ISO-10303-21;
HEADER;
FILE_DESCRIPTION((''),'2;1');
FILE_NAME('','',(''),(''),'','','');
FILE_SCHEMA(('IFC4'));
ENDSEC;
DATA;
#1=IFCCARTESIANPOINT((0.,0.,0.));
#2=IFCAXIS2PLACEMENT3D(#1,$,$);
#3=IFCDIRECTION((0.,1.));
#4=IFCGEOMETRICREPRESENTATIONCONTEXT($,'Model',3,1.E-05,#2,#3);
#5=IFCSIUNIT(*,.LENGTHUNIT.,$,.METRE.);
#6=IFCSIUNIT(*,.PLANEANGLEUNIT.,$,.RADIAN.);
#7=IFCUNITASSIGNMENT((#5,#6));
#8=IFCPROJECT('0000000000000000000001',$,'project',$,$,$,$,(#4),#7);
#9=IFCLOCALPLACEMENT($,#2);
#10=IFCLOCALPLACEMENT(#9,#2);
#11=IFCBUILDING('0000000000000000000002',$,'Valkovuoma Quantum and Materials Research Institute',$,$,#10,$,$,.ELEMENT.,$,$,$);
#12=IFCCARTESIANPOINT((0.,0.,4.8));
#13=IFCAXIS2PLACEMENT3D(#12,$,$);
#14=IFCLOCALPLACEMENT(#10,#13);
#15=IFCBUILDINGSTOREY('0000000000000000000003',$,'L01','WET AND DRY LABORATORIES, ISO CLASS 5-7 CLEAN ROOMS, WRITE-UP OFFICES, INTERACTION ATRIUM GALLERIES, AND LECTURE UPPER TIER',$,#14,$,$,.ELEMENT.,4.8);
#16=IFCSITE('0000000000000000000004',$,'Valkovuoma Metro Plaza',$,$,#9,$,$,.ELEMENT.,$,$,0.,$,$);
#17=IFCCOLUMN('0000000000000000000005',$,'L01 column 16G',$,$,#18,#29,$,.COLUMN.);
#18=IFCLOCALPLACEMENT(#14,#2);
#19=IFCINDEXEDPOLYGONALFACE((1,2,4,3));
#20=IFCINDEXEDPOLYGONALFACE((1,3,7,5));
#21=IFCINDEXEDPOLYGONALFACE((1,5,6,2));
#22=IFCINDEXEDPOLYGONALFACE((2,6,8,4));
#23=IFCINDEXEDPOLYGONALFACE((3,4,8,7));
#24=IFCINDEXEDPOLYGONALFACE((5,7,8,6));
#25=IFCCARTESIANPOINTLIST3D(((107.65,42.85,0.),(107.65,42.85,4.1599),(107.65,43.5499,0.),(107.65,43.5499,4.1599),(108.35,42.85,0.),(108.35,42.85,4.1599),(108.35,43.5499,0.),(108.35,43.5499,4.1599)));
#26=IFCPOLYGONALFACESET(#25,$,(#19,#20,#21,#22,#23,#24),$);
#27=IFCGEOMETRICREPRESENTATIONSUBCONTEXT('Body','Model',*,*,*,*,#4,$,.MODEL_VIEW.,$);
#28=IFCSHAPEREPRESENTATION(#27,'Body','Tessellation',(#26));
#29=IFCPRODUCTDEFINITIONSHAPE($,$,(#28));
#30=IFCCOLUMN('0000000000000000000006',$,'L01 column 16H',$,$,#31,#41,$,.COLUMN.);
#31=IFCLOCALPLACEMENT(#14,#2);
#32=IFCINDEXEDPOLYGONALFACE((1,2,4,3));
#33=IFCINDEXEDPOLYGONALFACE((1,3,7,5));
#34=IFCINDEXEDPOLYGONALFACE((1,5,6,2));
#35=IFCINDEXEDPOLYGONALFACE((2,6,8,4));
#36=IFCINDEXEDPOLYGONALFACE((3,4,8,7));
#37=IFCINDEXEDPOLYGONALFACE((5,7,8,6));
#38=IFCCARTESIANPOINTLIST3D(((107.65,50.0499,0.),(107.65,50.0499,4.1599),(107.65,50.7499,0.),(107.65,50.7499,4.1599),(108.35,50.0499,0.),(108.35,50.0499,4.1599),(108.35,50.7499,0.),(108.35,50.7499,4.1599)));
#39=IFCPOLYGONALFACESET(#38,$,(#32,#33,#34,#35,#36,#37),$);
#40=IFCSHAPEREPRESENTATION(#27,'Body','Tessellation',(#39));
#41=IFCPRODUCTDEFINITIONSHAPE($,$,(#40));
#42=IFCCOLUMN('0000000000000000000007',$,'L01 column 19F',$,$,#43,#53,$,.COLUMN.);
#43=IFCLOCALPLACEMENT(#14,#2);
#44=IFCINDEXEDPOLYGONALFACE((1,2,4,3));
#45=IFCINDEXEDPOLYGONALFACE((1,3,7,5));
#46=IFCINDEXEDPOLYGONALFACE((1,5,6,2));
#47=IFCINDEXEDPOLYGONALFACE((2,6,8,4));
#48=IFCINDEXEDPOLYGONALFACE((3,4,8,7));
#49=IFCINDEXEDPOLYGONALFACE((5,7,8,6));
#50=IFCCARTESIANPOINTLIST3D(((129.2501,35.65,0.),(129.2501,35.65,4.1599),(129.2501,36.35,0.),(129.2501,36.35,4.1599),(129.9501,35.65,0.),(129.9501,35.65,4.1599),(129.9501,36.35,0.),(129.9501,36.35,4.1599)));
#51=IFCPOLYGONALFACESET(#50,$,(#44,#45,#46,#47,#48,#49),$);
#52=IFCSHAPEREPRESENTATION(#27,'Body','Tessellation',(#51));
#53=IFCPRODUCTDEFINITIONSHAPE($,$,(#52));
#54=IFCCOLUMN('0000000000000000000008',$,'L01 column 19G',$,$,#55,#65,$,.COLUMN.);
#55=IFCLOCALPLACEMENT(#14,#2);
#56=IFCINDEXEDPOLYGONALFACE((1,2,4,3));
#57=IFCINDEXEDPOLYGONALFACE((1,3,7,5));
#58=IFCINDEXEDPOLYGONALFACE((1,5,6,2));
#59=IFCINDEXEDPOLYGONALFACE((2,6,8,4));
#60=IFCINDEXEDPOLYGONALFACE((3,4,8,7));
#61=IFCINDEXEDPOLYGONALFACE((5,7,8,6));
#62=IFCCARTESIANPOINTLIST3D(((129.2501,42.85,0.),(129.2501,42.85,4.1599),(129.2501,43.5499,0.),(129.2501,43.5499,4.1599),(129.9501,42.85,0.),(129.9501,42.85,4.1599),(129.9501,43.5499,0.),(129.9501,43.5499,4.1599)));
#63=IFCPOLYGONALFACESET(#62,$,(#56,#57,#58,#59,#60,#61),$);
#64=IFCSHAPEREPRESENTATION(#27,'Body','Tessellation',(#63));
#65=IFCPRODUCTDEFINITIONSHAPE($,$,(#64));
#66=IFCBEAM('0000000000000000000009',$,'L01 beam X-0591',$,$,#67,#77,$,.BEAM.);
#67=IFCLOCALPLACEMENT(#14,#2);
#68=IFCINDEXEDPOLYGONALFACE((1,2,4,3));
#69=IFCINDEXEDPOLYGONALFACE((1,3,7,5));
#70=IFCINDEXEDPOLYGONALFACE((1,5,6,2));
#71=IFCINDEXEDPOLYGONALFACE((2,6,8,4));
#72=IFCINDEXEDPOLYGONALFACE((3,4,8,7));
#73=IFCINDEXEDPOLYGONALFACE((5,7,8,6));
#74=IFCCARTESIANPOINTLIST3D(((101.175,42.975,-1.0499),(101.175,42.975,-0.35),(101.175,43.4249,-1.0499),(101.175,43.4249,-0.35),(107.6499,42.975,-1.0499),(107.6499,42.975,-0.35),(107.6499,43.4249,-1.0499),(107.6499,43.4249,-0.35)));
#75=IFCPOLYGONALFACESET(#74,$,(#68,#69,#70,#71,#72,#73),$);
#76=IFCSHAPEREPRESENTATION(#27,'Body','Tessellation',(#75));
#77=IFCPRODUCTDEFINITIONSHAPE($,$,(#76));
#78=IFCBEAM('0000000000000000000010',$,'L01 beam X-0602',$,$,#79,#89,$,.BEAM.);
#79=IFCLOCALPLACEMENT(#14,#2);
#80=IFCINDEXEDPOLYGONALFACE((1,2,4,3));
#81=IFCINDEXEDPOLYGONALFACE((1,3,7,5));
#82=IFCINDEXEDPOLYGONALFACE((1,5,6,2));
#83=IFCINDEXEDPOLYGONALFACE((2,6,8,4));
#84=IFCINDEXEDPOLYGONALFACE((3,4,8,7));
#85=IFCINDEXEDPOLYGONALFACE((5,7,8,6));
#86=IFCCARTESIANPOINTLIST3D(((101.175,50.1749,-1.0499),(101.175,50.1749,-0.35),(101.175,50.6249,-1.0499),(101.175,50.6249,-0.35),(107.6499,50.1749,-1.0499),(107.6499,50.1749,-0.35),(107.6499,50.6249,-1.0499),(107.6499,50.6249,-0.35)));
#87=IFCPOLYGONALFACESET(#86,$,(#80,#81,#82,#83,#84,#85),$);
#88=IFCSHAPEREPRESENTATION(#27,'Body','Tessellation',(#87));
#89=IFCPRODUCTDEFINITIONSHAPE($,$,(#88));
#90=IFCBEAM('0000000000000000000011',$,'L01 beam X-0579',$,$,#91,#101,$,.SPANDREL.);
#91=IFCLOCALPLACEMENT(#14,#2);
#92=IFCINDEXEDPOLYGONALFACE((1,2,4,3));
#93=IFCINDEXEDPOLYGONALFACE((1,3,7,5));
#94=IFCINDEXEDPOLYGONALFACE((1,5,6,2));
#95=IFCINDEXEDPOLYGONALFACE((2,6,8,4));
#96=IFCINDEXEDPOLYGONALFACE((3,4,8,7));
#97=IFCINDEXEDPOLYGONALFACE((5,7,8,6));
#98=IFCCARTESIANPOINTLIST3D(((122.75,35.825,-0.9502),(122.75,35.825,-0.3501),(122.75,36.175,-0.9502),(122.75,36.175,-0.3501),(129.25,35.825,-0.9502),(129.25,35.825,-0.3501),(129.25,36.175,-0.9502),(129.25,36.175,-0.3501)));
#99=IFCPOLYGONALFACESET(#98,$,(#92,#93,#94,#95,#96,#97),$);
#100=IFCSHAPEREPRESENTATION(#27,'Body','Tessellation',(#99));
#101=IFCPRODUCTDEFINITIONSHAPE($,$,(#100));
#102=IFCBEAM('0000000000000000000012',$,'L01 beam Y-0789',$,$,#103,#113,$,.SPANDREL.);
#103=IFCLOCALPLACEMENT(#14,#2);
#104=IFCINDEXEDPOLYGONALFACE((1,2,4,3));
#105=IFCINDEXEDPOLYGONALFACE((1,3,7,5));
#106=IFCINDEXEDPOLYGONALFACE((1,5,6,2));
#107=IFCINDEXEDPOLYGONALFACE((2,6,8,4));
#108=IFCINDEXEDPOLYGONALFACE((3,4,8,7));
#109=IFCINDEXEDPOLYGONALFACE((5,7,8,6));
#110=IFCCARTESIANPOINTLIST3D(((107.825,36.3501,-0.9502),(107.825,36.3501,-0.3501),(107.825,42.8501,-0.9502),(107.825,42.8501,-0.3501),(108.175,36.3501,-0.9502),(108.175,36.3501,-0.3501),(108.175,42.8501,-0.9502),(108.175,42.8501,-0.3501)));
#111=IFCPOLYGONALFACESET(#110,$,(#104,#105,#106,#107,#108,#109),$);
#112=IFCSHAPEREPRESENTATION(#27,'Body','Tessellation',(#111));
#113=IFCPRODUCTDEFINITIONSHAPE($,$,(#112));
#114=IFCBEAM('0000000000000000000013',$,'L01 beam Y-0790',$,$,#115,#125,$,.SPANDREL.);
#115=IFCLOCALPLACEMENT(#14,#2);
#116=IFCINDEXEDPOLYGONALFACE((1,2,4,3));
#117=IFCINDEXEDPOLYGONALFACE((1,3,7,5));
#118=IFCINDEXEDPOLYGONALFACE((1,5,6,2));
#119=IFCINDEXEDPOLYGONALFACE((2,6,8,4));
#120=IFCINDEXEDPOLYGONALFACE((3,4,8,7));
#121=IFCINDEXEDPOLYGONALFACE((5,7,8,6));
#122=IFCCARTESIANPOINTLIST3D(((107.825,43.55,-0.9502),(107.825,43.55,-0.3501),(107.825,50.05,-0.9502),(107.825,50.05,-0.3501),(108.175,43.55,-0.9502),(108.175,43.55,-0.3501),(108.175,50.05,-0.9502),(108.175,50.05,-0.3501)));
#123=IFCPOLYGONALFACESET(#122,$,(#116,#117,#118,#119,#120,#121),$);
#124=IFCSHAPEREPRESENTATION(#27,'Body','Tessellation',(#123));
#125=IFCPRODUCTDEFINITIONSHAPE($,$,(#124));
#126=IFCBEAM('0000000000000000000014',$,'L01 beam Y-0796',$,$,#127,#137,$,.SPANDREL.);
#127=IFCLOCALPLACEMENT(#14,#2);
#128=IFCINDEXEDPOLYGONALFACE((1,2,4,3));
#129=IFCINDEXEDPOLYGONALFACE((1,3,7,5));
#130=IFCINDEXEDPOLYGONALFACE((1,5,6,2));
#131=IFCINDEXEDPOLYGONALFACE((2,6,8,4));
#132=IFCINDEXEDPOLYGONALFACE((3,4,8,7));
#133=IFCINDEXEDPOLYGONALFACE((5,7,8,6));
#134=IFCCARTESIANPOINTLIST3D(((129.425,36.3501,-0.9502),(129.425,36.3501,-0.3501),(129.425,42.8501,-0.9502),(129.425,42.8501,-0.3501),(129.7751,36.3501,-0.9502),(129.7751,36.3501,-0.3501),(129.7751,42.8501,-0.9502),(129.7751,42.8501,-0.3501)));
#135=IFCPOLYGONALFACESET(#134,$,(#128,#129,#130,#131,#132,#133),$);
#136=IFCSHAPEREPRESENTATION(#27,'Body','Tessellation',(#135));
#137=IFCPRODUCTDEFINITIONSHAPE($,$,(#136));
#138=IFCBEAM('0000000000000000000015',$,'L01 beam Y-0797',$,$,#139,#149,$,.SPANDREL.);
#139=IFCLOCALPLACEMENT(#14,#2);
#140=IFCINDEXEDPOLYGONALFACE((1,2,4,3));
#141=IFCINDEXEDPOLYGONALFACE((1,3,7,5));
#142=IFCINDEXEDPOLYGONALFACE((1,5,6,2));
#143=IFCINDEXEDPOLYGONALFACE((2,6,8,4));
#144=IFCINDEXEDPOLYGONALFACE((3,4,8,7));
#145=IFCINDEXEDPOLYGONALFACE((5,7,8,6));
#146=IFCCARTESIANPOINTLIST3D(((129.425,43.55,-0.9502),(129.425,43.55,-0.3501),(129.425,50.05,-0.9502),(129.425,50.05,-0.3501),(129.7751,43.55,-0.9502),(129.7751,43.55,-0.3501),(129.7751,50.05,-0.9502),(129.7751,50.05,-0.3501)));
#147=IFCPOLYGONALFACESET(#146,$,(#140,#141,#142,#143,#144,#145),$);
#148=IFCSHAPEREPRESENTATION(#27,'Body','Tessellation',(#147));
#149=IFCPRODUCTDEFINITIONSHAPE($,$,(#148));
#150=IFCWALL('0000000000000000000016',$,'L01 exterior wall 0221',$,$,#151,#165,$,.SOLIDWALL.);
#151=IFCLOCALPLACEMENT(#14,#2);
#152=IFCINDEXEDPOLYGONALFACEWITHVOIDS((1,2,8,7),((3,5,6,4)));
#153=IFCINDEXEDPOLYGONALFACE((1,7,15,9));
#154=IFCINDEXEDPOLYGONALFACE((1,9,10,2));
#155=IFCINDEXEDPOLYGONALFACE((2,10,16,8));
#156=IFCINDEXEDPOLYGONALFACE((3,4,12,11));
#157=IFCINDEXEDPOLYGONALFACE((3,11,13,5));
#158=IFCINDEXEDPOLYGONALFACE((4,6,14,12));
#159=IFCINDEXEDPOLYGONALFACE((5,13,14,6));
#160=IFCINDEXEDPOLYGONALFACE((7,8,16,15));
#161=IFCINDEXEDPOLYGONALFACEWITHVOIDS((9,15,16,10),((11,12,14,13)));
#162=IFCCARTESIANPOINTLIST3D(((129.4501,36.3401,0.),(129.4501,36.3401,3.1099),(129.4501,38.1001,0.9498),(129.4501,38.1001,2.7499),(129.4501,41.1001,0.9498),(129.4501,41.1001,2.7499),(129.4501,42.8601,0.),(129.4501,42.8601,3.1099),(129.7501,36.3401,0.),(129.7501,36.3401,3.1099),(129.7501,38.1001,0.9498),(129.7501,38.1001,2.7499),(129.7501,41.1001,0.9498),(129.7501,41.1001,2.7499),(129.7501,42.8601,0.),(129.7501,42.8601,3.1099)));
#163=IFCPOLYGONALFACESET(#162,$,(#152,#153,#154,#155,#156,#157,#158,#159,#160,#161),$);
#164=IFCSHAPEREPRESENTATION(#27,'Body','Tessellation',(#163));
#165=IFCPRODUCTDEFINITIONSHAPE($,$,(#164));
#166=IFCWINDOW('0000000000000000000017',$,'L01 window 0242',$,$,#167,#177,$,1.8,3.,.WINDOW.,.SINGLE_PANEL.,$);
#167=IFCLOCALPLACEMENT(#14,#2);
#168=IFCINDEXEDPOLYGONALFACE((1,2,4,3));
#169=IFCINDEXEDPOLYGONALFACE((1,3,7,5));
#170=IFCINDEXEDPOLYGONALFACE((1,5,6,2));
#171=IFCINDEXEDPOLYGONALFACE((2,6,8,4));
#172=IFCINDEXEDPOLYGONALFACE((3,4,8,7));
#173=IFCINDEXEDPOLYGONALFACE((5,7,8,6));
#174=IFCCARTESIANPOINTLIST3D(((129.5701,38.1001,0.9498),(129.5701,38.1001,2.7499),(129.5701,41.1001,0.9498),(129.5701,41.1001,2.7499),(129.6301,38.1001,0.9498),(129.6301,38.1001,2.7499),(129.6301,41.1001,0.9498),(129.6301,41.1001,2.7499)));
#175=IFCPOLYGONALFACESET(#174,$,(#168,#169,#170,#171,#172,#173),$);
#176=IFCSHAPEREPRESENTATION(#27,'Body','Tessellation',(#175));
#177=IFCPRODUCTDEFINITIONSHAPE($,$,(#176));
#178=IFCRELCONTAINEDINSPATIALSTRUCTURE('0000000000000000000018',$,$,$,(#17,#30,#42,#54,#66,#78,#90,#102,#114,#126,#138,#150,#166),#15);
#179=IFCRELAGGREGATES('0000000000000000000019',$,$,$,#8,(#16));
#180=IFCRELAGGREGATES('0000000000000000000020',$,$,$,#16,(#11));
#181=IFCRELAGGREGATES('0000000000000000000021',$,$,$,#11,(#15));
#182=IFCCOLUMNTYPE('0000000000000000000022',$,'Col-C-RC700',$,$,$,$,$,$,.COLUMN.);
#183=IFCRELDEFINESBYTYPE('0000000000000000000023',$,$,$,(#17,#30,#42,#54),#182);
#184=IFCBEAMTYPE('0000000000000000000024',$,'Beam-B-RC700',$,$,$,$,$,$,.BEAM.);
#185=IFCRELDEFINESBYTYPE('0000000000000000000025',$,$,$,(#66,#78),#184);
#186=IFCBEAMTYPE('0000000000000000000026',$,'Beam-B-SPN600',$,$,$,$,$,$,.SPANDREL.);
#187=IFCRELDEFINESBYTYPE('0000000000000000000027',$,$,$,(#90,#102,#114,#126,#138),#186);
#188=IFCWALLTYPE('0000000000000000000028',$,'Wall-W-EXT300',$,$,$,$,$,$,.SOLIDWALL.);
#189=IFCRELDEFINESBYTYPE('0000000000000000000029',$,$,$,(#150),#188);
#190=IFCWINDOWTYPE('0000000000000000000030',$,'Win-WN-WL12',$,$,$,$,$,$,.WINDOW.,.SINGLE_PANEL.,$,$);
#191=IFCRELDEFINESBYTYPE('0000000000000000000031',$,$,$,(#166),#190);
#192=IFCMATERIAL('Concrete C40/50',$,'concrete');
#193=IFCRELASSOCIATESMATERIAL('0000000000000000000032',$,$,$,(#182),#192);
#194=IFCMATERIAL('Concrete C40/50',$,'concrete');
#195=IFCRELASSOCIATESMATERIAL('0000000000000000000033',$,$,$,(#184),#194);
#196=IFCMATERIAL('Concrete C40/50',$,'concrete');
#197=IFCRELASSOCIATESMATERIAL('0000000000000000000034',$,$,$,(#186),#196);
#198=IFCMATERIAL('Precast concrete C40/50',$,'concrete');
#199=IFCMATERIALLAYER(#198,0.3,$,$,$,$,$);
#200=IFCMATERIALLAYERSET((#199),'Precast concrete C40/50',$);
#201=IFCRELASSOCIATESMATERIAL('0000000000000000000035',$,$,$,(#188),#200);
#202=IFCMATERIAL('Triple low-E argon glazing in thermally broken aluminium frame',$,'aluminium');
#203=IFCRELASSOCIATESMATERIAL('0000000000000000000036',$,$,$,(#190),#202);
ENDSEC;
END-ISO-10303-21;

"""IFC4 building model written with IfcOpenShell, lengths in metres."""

from ifc_helpers import new_model, si_unit, direction, frame, frame_2d, origin, origin_2d, place, context, subcontext, project, spatial, rectangle, extrude, material, layer, layer_set, material_profile, profile_set, type_object, element, fill, save


model = new_model("IFC4")

# Units and contexts
model_context = context("Model", 3, precision=1e-05, world=origin(), true_north=direction((0.0, 1.0)))
body_context = subcontext(model_context, "Body", "Model", "MODEL_VIEW")
ifc_project = project(units=[si_unit("LENGTHUNIT", "METRE"), si_unit("PLANEANGLEUNIT", "RADIAN")], contexts=[model_context])

# Site, building, storey
site_placement = place(None, origin())
site = spatial("IfcSite", under=ifc_project, at=site_placement, Name="Valkovuoma Metro Plaza", CompositionType="ELEMENT", RefElevation=0.0)
building_placement = place(site_placement, origin())
building = spatial("IfcBuilding", under=site, at=building_placement, Name="Valkovuoma Quantum and Materials Research Institute", CompositionType="ELEMENT")
storey_placement = place(building_placement, frame((0.0, 0.0, 4.8)))
storey = spatial("IfcBuildingStorey", under=building, at=storey_placement, Name="L01", Description="WET AND DRY LABORATORIES, ISO CLASS 5-7 CLEAN ROOMS, WRITE-UP OFFICES, INTERACTION ATRIUM GALLERIES, AND LECTURE UPPER TIER", CompositionType="ELEMENT", Elevation=4.8)

# Columns
ifc_material_1 = material(Name="Concrete C40/50", Category="concrete")
ifc_material_profile_1 = material_profile(ifc_material_1, rectangle(XDim=0.7, YDim=0.7, at=origin_2d()), Name="Concrete C40/50")
ifc_profile_set_1 = profile_set([ifc_material_profile_1], Name="Concrete C40/50")
column_type = type_object("IfcColumnType", Name="Col-C-RC700", PredefinedType="COLUMN", material=ifc_profile_set_1)
for number, where, z_axis, x_axis, name in (
    (1, (108.0, 43.2, 0.0), (0.0, 0.0, 1.0), (1.0, 0.0, 0.0), "L01 column 16G"),
    (2, (108.0, 50.3999, 0.0), (0.0, 0.0, 1.0), (1.0, 0.0, 0.0), "L01 column 16H"),
    (3, (129.6001, 36.0, 0.0), (0.0, 0.0, 1.0), (1.0, 0.0, 0.0), "L01 column 19F"),
    (4, (129.6001, 43.2, 0.0), (0.0, 0.0, 1.0), (1.0, 0.0, 0.0), "L01 column 19G"),
):
    element("IfcColumn", number, at=place(storey_placement, frame(where, z_axis=z_axis, x_axis=x_axis)), inside=storey, type_object=column_type, Name=name, PredefinedType="COLUMN", context=body_context, shape_type="SweptSolid", body=[
        extrude(rectangle(XDim=0.7, YDim=0.7, at=origin_2d()), origin(), (0.0, 0.0, 1.0), 4.1599),
    ])

# Beams
ifc_material_2 = material(Name="Concrete C40/50", Category="concrete")
ifc_material_profile_2 = material_profile(ifc_material_2, rectangle(XDim=0.45, YDim=0.7, at=origin_2d()), Name="Concrete C40/50")
ifc_profile_set_2 = profile_set([ifc_material_profile_2], Name="Concrete C40/50")
beam_type_1 = type_object("IfcBeamType", Name="Beam-B-RC700", PredefinedType="BEAM", material=ifc_profile_set_2)
for number, where, z_axis, x_axis, name in (
    (5, (101.175, 43.2, -0.7), (1.0, 0.0, 0.0), (0.0, 1.0, 0.0), "L01 beam X-0591"),
    (6, (101.175, 50.3999, -0.7), (1.0, 0.0, 0.0), (0.0, 1.0, 0.0), "L01 beam X-0602"),
):
    element("IfcBeam", number, at=place(storey_placement, frame(where, z_axis=z_axis, x_axis=x_axis)), inside=storey, type_object=beam_type_1, Name=name, PredefinedType="BEAM", context=body_context, shape_type="SweptSolid", body=[
        extrude(rectangle(XDim=0.45, YDim=0.7, at=origin_2d()), origin(), (0.0, 0.0, 1.0), 6.4749),
    ])
ifc_material_3 = material(Name="Concrete C40/50", Category="concrete")
ifc_material_profile_3 = material_profile(ifc_material_3, rectangle(XDim=0.3501, YDim=0.6001, at=origin_2d()), Name="Concrete C40/50")
ifc_profile_set_3 = profile_set([ifc_material_profile_3], Name="Concrete C40/50")
beam_type_2 = type_object("IfcBeamType", Name="Beam-B-SPN600", PredefinedType="SPANDREL", material=ifc_profile_set_3)
for number, where, z_axis, x_axis, name in (
    (7, (122.75, 36.0, -0.6501), (1.0, 0.0, 0.0), (0.0, 1.0, 0.0), "L01 beam X-0579"),
    (8, (108.0, 36.3501, -0.6501), (0.0, 1.0, 0.0), (-1.0, 0.0, 0.0), "L01 beam Y-0789"),
    (9, (108.0, 43.55, -0.6501), (0.0, 1.0, 0.0), (-1.0, 0.0, 0.0), "L01 beam Y-0790"),
    (10, (129.6001, 36.3501, -0.6501), (0.0, 1.0, 0.0), (-1.0, 0.0, 0.0), "L01 beam Y-0796"),
    (11, (129.6001, 43.55, -0.6501), (0.0, 1.0, 0.0), (-1.0, 0.0, 0.0), "L01 beam Y-0797"),
):
    element("IfcBeam", number, at=place(storey_placement, frame(where, z_axis=z_axis, x_axis=x_axis)), inside=storey, type_object=beam_type_2, Name=name, PredefinedType="SPANDREL", context=body_context, shape_type="SweptSolid", body=[
        extrude(rectangle(XDim=0.3501, YDim=0.6001, at=origin_2d()), origin(), (0.0, 0.0, 1.0), 6.5),
    ])

# Wall, opening, window
ifc_material_4 = material(Name="Precast concrete C40/50", Category="concrete")
ifc_layer_1 = layer(ifc_material_4, 0.3)
ifc_layer_set_1 = layer_set([ifc_layer_1], Name="Precast concrete C40/50")
wall_type = type_object("IfcWallType", Name="Wall-W-EXT300", PredefinedType="SOLIDWALL", material=ifc_layer_set_1)
wall_1_placement = place(storey_placement, frame((129.6001, 36.3401, 0.0), z_axis=(0.0, 0.0, 1.0), x_axis=(0.0, 1.0, 0.0)))
wall_1 = element("IfcWall", 12, at=wall_1_placement, inside=storey, type_object=wall_type, Name="L01 exterior wall 0221", PredefinedType="SOLIDWALL", context=body_context, shape_type="SweptSolid", body=[
    extrude(rectangle(XDim=6.52, YDim=0.3, at=frame_2d((3.26, 0.0))), origin(), (0.0, 0.0, 1.0), 3.1099),
])
opening_1_placement = place(wall_1_placement, frame((1.76, 0.0, 0.95)))
opening_1 = element("IfcOpeningElement", 13, at=opening_1_placement, cuts=wall_1, PredefinedType="OPENING", context=body_context, shape_type="SweptSolid", body=[
    extrude(rectangle(XDim=3.0, YDim=1.8, at=frame_2d((1.5, 0.8999))), frame((0.0, 0.1602, 0.0), z_axis=(0.0, -1.0, 0.0), x_axis=(1.0, 0.0, 0.0)), (0.0, 0.0, 1.0), 0.3201),
])
ifc_material_5 = material(Name="Triple low-E argon glazing in thermally broken aluminium frame", Category="aluminium")
window_type_1 = type_object("IfcWindowType", Name="Win-WN-WL12", PartitioningType="SINGLE_PANEL", PredefinedType="WINDOW", material=ifc_material_5)
window_1_placement = place(opening_1_placement, origin())
window_1 = element("IfcWindow", 14, at=window_1_placement, inside=storey, type_object=window_type_1, Name="L01 window 0242", OverallHeight=1.8, OverallWidth=3.0, PartitioningType="SINGLE_PANEL", PredefinedType="WINDOW", context=body_context, shape_type="SweptSolid", body=[
    extrude(rectangle(XDim=3.0, YDim=1.8, at=frame_2d((1.5, 0.8999))), frame((0.0, 0.03, 0.0), z_axis=(0.0, -1.0, 0.0), x_axis=(1.0, 0.0, 0.0)), (0.0, 0.0, 1.0), 0.0601),
])
fill(opening_1, window_1)

save(model, "model.ifc")
